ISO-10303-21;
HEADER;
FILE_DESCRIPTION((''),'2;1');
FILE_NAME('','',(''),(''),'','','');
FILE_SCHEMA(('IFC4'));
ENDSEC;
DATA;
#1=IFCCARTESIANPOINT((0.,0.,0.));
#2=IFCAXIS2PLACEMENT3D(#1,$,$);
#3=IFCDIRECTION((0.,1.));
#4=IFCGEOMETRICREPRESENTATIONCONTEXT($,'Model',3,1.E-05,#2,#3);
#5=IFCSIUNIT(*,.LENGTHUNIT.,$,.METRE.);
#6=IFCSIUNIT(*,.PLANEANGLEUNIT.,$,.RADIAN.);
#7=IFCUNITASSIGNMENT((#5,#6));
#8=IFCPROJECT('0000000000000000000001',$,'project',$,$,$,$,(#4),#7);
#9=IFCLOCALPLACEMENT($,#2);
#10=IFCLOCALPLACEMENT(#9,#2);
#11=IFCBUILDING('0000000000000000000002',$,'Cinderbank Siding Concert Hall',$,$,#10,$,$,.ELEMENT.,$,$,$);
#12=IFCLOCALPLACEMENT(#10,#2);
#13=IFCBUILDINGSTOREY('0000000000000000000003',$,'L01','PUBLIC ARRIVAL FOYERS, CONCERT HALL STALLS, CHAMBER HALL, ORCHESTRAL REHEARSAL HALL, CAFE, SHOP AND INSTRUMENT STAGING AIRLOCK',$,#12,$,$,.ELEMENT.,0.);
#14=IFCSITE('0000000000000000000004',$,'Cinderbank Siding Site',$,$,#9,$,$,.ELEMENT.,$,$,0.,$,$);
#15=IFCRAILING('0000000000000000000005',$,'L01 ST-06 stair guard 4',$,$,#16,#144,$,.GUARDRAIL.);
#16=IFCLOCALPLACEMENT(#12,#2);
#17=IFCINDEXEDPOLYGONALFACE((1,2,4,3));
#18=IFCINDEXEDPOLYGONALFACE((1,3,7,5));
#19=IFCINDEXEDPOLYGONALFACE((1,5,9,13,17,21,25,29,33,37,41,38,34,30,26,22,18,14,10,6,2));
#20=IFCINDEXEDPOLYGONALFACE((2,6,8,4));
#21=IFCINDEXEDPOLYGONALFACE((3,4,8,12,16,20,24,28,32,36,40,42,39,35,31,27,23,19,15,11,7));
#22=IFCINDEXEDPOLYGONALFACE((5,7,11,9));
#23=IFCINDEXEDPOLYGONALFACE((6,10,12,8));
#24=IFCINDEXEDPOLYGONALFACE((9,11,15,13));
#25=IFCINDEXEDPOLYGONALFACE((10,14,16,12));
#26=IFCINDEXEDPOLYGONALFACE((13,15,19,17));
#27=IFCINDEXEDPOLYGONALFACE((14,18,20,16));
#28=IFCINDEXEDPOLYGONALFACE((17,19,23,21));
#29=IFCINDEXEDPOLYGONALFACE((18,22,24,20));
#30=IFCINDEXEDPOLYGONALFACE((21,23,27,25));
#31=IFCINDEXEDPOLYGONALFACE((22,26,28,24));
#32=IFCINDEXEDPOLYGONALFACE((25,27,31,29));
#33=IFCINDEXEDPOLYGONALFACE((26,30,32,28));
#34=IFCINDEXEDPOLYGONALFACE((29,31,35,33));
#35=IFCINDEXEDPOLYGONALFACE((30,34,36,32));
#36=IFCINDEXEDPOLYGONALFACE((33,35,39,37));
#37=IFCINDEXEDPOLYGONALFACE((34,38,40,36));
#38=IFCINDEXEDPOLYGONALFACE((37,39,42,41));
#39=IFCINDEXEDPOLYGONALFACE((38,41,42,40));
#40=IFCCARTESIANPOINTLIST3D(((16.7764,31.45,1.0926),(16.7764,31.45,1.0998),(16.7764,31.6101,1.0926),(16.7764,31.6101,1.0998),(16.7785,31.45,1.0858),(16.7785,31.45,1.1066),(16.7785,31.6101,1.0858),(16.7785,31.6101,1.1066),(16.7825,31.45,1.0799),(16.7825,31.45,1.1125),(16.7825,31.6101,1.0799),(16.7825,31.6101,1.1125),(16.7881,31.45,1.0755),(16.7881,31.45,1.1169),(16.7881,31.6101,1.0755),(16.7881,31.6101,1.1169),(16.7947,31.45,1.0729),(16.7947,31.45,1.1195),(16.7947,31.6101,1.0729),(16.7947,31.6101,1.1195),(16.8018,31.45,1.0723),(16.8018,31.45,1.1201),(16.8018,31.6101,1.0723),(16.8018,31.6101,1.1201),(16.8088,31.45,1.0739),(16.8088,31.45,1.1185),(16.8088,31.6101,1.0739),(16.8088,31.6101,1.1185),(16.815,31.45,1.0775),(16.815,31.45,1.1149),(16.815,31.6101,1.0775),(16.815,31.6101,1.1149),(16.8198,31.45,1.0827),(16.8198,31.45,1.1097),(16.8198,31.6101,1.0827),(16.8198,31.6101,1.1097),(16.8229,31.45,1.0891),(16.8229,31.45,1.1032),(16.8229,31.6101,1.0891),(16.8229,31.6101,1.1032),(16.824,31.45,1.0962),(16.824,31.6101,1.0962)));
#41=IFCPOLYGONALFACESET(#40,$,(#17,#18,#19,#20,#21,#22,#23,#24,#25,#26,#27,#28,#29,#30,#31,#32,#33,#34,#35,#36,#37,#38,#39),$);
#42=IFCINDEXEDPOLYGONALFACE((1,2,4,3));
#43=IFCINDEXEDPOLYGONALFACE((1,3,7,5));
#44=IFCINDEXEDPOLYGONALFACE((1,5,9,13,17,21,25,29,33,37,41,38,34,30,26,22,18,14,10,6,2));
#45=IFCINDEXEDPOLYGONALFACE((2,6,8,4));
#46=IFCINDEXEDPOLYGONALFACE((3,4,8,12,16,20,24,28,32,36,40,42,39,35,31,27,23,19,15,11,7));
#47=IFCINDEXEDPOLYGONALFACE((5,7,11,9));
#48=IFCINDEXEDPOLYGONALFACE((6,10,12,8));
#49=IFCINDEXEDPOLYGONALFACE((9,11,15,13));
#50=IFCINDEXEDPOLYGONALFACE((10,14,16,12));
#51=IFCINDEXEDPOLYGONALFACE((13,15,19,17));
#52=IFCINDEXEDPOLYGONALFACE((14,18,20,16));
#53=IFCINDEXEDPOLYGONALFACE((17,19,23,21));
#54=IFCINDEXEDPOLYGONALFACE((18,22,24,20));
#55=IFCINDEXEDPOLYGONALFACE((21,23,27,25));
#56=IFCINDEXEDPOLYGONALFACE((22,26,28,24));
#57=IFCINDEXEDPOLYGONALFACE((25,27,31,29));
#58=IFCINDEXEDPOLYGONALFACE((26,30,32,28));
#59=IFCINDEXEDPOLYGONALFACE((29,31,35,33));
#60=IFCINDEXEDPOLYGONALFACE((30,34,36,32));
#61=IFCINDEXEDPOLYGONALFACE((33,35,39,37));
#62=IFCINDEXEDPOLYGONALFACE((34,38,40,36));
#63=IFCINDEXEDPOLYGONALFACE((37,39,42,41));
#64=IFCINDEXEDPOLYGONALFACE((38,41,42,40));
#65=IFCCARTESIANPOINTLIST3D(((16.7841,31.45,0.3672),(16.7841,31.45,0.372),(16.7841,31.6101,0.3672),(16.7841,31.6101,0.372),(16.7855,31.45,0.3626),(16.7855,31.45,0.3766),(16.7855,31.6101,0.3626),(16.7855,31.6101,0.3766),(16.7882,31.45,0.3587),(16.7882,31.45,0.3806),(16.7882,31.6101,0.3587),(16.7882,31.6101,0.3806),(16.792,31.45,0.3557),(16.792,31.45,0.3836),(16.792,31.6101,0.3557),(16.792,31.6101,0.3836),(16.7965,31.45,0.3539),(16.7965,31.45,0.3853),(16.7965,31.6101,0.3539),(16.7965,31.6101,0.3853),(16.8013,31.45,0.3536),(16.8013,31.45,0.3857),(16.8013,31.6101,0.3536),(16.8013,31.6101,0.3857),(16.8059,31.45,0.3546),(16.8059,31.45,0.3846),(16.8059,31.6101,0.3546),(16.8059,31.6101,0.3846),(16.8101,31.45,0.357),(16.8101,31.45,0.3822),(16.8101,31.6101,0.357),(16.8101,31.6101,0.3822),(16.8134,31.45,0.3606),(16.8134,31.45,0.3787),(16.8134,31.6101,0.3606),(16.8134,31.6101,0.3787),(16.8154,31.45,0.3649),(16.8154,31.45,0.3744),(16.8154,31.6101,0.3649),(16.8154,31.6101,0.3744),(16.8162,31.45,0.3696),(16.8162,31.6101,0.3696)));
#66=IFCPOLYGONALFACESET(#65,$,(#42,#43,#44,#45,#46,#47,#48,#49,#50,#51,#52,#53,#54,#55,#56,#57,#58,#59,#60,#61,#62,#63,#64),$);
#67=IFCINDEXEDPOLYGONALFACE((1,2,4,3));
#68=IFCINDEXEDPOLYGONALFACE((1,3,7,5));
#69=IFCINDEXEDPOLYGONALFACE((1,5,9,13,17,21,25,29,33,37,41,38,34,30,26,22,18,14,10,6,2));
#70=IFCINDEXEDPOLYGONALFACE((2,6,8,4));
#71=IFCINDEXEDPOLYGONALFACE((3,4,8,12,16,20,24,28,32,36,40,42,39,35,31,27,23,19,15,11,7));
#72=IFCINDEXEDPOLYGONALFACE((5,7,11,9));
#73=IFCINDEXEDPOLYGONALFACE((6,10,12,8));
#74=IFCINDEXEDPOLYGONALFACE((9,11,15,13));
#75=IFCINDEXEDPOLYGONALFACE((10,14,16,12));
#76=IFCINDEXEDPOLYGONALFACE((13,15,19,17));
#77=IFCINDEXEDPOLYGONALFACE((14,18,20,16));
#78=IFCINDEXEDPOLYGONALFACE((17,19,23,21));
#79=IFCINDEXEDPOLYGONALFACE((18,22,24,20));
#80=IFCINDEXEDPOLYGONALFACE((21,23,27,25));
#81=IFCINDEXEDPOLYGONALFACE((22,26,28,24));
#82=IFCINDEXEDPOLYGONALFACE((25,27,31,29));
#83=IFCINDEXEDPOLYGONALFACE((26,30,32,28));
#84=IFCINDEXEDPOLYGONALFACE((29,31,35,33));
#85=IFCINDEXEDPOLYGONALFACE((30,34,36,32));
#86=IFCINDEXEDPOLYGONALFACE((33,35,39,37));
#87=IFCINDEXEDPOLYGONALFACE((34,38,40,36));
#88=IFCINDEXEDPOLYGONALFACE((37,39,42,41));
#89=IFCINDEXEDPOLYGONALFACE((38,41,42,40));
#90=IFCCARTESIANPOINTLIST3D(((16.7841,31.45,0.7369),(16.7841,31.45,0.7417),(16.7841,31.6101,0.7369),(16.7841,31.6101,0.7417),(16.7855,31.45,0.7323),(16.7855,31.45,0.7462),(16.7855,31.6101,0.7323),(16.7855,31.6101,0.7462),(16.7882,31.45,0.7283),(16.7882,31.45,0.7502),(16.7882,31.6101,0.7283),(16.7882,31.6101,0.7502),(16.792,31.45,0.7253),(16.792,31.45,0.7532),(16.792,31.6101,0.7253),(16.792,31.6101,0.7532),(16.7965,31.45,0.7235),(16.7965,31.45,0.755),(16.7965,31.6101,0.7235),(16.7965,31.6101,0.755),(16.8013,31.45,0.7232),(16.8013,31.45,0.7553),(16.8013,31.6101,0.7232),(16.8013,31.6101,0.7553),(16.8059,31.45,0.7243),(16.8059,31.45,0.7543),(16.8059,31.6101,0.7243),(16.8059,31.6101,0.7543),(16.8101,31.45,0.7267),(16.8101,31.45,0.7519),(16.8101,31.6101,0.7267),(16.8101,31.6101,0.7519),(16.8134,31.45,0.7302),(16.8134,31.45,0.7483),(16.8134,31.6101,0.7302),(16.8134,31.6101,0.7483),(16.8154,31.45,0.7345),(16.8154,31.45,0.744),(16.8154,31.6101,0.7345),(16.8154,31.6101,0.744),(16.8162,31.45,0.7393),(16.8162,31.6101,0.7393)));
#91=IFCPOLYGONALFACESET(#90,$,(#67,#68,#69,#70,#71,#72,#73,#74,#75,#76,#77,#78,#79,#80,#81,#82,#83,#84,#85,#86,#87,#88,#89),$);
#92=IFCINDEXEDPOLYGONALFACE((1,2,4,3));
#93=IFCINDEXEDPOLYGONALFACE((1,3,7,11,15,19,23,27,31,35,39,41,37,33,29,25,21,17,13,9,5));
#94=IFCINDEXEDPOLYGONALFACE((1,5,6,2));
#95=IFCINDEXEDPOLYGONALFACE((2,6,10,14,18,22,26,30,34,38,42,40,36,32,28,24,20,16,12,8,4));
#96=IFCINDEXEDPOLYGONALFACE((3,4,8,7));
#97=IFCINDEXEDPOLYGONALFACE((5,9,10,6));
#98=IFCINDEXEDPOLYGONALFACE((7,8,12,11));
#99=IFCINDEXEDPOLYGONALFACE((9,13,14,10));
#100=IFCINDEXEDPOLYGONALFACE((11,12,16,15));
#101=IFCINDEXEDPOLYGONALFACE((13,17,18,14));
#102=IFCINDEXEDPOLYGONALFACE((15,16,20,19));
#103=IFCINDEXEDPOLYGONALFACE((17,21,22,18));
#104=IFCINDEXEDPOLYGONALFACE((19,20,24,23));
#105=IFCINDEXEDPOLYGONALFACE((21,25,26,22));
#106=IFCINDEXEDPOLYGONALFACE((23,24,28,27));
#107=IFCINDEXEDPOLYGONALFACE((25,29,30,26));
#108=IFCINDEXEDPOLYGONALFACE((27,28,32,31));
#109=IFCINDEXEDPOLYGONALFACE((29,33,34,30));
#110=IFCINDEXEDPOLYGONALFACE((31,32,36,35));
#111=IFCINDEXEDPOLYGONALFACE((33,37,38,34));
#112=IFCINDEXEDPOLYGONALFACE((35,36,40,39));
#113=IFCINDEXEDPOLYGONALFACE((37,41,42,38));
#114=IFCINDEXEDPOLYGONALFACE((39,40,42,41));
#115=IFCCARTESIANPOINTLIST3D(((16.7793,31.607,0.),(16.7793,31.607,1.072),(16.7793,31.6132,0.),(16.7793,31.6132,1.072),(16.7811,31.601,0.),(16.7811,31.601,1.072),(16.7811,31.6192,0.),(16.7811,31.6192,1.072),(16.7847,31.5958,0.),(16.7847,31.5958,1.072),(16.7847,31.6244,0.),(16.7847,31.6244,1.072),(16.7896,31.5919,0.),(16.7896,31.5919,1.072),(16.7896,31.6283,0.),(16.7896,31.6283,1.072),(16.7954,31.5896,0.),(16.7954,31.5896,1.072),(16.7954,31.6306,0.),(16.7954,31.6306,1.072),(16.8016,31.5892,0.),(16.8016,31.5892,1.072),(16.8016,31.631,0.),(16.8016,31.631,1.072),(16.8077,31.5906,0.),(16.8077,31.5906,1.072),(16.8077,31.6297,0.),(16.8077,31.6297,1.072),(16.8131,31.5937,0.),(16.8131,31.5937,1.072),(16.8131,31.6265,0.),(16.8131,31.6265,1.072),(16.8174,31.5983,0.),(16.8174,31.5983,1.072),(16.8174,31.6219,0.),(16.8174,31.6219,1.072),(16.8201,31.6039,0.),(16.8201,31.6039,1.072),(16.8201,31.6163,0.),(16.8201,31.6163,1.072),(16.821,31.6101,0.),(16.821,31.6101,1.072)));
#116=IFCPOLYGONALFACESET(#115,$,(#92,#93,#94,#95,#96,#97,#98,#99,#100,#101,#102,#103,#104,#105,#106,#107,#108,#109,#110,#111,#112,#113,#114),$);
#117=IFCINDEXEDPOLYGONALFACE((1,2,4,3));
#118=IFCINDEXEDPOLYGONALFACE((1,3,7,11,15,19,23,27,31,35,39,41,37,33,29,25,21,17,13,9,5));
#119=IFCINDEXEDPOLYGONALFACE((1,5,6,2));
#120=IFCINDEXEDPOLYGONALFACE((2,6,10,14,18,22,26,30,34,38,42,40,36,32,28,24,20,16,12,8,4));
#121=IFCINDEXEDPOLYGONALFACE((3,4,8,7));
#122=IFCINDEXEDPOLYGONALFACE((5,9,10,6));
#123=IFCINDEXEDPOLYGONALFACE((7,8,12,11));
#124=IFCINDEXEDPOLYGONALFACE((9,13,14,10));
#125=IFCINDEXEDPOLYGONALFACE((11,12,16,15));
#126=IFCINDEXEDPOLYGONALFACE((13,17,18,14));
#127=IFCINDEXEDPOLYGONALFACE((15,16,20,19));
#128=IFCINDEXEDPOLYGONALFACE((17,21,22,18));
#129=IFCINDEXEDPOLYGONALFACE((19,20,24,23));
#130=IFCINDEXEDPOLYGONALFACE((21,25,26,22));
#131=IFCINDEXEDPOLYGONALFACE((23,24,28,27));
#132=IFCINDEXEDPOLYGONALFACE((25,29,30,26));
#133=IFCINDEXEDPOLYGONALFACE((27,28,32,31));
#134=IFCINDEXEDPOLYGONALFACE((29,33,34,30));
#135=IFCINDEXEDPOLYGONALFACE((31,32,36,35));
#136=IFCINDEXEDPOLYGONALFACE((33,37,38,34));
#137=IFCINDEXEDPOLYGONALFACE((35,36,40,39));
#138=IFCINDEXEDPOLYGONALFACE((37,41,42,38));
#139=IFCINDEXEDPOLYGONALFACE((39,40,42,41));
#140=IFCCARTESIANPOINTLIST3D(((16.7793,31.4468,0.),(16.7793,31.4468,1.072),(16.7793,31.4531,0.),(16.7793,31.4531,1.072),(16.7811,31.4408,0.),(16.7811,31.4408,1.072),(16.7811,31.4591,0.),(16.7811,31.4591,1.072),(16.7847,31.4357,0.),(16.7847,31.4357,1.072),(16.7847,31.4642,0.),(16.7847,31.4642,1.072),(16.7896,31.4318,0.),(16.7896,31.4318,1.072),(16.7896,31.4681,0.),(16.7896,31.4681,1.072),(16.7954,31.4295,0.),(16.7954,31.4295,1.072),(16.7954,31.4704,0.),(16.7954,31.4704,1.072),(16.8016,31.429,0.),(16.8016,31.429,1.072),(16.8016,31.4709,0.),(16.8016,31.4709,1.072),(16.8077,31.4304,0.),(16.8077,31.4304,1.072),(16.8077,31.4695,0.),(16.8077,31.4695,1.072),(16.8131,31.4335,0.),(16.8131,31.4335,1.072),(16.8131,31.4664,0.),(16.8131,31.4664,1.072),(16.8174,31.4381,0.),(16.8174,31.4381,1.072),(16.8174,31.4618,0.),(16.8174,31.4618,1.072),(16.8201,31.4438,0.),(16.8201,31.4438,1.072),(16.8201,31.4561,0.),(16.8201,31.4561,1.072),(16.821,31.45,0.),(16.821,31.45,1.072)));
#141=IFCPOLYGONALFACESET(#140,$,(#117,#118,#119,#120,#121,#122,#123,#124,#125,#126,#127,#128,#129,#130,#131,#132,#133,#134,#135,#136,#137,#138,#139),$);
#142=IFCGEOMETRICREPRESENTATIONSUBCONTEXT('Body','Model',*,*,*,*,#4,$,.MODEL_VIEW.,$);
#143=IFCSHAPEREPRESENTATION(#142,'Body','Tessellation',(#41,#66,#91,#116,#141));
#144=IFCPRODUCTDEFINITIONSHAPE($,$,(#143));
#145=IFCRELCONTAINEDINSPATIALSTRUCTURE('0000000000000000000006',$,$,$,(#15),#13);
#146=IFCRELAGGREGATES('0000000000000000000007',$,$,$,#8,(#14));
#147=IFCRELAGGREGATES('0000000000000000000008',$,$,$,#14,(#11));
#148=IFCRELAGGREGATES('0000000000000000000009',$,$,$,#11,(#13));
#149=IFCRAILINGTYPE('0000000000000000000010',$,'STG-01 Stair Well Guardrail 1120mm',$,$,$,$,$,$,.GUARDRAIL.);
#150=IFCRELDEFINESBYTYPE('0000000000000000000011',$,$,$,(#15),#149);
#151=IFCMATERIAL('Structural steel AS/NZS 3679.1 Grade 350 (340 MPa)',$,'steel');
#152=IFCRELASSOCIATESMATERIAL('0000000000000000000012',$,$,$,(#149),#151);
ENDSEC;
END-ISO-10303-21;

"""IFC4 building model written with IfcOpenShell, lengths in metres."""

from ifc_helpers import new_model, si_unit, direction, frame, origin, origin_2d, place, context, subcontext, project, spatial, circle, extrude, material, type_object, element, save


model = new_model("IFC4")

# Units and contexts
model_context = context("Model", 3, precision=1e-05, world=origin(), true_north=direction((0.0, 1.0)))
body_context = subcontext(model_context, "Body", "Model", "MODEL_VIEW")
ifc_project = project(units=[si_unit("LENGTHUNIT", "METRE"), si_unit("PLANEANGLEUNIT", "RADIAN")], contexts=[model_context])

# Site, building, storey
site_placement = place(None, origin())
site = spatial("IfcSite", under=ifc_project, at=site_placement, Name="Cinderbank Siding Site", CompositionType="ELEMENT", RefElevation=0.0)
building_placement = place(site_placement, origin())
building = spatial("IfcBuilding", under=site, at=building_placement, Name="Cinderbank Siding Concert Hall", CompositionType="ELEMENT")
storey_placement = place(building_placement, origin())
storey = spatial("IfcBuildingStorey", under=building, at=storey_placement, Name="L01", Description="PUBLIC ARRIVAL FOYERS, CONCERT HALL STALLS, CHAMBER HALL, ORCHESTRAL REHEARSAL HALL, CAFE, SHOP AND INSTRUMENT STAGING AIRLOCK", CompositionType="ELEMENT", Elevation=0.0)

# Shared definitions
ifc_material_1 = material(Name="Structural steel AS/NZS 3679.1 Grade 350 (340 MPa)", Category="steel")

# Railing
railing_type_1 = type_object("IfcRailingType", Name="STG-01 Stair Well Guardrail 1120mm", PredefinedType="GUARDRAIL", material=ifc_material_1)
railing_1_placement = place(storey_placement, frame((16.8, 31.6101, 0.0)))
element("IfcRailing", 1, at=railing_1_placement, inside=storey, type_object=railing_type_1, Name="L01 ST-06 stair guard 4", PredefinedType="GUARDRAIL", context=body_context, shape_type="SweptSolid", body=[
    extrude(circle(Radius=0.0239, at=origin_2d()), frame((0.0, 0.0, 1.0962), z_axis=(0.0, -1.0, 0.0), x_axis=(1.0, 0.0, 0.0)), (0.0, 0.0, 1.0), 0.1602),
    extrude(circle(Radius=0.0161, at=origin_2d()), frame((0.0, 0.0, 0.3696), z_axis=(0.0, -1.0, 0.0), x_axis=(1.0, 0.0, 0.0)), (0.0, 0.0, 1.0), 0.1602),
    extrude(circle(Radius=0.0161, at=origin_2d()), frame((0.0, 0.0, 0.7393), z_axis=(0.0, -1.0, 0.0), x_axis=(1.0, 0.0, 0.0)), (0.0, 0.0, 1.0), 0.1602),
    extrude(circle(Radius=0.021, at=origin_2d()), origin(), (0.0, 0.0, 1.0), 1.072),
    extrude(circle(Radius=0.021, at=origin_2d()), frame((0.0, -0.1602, 0.0)), (0.0, 0.0, 1.0), 1.072),
])

save(model, "model.ifc")
